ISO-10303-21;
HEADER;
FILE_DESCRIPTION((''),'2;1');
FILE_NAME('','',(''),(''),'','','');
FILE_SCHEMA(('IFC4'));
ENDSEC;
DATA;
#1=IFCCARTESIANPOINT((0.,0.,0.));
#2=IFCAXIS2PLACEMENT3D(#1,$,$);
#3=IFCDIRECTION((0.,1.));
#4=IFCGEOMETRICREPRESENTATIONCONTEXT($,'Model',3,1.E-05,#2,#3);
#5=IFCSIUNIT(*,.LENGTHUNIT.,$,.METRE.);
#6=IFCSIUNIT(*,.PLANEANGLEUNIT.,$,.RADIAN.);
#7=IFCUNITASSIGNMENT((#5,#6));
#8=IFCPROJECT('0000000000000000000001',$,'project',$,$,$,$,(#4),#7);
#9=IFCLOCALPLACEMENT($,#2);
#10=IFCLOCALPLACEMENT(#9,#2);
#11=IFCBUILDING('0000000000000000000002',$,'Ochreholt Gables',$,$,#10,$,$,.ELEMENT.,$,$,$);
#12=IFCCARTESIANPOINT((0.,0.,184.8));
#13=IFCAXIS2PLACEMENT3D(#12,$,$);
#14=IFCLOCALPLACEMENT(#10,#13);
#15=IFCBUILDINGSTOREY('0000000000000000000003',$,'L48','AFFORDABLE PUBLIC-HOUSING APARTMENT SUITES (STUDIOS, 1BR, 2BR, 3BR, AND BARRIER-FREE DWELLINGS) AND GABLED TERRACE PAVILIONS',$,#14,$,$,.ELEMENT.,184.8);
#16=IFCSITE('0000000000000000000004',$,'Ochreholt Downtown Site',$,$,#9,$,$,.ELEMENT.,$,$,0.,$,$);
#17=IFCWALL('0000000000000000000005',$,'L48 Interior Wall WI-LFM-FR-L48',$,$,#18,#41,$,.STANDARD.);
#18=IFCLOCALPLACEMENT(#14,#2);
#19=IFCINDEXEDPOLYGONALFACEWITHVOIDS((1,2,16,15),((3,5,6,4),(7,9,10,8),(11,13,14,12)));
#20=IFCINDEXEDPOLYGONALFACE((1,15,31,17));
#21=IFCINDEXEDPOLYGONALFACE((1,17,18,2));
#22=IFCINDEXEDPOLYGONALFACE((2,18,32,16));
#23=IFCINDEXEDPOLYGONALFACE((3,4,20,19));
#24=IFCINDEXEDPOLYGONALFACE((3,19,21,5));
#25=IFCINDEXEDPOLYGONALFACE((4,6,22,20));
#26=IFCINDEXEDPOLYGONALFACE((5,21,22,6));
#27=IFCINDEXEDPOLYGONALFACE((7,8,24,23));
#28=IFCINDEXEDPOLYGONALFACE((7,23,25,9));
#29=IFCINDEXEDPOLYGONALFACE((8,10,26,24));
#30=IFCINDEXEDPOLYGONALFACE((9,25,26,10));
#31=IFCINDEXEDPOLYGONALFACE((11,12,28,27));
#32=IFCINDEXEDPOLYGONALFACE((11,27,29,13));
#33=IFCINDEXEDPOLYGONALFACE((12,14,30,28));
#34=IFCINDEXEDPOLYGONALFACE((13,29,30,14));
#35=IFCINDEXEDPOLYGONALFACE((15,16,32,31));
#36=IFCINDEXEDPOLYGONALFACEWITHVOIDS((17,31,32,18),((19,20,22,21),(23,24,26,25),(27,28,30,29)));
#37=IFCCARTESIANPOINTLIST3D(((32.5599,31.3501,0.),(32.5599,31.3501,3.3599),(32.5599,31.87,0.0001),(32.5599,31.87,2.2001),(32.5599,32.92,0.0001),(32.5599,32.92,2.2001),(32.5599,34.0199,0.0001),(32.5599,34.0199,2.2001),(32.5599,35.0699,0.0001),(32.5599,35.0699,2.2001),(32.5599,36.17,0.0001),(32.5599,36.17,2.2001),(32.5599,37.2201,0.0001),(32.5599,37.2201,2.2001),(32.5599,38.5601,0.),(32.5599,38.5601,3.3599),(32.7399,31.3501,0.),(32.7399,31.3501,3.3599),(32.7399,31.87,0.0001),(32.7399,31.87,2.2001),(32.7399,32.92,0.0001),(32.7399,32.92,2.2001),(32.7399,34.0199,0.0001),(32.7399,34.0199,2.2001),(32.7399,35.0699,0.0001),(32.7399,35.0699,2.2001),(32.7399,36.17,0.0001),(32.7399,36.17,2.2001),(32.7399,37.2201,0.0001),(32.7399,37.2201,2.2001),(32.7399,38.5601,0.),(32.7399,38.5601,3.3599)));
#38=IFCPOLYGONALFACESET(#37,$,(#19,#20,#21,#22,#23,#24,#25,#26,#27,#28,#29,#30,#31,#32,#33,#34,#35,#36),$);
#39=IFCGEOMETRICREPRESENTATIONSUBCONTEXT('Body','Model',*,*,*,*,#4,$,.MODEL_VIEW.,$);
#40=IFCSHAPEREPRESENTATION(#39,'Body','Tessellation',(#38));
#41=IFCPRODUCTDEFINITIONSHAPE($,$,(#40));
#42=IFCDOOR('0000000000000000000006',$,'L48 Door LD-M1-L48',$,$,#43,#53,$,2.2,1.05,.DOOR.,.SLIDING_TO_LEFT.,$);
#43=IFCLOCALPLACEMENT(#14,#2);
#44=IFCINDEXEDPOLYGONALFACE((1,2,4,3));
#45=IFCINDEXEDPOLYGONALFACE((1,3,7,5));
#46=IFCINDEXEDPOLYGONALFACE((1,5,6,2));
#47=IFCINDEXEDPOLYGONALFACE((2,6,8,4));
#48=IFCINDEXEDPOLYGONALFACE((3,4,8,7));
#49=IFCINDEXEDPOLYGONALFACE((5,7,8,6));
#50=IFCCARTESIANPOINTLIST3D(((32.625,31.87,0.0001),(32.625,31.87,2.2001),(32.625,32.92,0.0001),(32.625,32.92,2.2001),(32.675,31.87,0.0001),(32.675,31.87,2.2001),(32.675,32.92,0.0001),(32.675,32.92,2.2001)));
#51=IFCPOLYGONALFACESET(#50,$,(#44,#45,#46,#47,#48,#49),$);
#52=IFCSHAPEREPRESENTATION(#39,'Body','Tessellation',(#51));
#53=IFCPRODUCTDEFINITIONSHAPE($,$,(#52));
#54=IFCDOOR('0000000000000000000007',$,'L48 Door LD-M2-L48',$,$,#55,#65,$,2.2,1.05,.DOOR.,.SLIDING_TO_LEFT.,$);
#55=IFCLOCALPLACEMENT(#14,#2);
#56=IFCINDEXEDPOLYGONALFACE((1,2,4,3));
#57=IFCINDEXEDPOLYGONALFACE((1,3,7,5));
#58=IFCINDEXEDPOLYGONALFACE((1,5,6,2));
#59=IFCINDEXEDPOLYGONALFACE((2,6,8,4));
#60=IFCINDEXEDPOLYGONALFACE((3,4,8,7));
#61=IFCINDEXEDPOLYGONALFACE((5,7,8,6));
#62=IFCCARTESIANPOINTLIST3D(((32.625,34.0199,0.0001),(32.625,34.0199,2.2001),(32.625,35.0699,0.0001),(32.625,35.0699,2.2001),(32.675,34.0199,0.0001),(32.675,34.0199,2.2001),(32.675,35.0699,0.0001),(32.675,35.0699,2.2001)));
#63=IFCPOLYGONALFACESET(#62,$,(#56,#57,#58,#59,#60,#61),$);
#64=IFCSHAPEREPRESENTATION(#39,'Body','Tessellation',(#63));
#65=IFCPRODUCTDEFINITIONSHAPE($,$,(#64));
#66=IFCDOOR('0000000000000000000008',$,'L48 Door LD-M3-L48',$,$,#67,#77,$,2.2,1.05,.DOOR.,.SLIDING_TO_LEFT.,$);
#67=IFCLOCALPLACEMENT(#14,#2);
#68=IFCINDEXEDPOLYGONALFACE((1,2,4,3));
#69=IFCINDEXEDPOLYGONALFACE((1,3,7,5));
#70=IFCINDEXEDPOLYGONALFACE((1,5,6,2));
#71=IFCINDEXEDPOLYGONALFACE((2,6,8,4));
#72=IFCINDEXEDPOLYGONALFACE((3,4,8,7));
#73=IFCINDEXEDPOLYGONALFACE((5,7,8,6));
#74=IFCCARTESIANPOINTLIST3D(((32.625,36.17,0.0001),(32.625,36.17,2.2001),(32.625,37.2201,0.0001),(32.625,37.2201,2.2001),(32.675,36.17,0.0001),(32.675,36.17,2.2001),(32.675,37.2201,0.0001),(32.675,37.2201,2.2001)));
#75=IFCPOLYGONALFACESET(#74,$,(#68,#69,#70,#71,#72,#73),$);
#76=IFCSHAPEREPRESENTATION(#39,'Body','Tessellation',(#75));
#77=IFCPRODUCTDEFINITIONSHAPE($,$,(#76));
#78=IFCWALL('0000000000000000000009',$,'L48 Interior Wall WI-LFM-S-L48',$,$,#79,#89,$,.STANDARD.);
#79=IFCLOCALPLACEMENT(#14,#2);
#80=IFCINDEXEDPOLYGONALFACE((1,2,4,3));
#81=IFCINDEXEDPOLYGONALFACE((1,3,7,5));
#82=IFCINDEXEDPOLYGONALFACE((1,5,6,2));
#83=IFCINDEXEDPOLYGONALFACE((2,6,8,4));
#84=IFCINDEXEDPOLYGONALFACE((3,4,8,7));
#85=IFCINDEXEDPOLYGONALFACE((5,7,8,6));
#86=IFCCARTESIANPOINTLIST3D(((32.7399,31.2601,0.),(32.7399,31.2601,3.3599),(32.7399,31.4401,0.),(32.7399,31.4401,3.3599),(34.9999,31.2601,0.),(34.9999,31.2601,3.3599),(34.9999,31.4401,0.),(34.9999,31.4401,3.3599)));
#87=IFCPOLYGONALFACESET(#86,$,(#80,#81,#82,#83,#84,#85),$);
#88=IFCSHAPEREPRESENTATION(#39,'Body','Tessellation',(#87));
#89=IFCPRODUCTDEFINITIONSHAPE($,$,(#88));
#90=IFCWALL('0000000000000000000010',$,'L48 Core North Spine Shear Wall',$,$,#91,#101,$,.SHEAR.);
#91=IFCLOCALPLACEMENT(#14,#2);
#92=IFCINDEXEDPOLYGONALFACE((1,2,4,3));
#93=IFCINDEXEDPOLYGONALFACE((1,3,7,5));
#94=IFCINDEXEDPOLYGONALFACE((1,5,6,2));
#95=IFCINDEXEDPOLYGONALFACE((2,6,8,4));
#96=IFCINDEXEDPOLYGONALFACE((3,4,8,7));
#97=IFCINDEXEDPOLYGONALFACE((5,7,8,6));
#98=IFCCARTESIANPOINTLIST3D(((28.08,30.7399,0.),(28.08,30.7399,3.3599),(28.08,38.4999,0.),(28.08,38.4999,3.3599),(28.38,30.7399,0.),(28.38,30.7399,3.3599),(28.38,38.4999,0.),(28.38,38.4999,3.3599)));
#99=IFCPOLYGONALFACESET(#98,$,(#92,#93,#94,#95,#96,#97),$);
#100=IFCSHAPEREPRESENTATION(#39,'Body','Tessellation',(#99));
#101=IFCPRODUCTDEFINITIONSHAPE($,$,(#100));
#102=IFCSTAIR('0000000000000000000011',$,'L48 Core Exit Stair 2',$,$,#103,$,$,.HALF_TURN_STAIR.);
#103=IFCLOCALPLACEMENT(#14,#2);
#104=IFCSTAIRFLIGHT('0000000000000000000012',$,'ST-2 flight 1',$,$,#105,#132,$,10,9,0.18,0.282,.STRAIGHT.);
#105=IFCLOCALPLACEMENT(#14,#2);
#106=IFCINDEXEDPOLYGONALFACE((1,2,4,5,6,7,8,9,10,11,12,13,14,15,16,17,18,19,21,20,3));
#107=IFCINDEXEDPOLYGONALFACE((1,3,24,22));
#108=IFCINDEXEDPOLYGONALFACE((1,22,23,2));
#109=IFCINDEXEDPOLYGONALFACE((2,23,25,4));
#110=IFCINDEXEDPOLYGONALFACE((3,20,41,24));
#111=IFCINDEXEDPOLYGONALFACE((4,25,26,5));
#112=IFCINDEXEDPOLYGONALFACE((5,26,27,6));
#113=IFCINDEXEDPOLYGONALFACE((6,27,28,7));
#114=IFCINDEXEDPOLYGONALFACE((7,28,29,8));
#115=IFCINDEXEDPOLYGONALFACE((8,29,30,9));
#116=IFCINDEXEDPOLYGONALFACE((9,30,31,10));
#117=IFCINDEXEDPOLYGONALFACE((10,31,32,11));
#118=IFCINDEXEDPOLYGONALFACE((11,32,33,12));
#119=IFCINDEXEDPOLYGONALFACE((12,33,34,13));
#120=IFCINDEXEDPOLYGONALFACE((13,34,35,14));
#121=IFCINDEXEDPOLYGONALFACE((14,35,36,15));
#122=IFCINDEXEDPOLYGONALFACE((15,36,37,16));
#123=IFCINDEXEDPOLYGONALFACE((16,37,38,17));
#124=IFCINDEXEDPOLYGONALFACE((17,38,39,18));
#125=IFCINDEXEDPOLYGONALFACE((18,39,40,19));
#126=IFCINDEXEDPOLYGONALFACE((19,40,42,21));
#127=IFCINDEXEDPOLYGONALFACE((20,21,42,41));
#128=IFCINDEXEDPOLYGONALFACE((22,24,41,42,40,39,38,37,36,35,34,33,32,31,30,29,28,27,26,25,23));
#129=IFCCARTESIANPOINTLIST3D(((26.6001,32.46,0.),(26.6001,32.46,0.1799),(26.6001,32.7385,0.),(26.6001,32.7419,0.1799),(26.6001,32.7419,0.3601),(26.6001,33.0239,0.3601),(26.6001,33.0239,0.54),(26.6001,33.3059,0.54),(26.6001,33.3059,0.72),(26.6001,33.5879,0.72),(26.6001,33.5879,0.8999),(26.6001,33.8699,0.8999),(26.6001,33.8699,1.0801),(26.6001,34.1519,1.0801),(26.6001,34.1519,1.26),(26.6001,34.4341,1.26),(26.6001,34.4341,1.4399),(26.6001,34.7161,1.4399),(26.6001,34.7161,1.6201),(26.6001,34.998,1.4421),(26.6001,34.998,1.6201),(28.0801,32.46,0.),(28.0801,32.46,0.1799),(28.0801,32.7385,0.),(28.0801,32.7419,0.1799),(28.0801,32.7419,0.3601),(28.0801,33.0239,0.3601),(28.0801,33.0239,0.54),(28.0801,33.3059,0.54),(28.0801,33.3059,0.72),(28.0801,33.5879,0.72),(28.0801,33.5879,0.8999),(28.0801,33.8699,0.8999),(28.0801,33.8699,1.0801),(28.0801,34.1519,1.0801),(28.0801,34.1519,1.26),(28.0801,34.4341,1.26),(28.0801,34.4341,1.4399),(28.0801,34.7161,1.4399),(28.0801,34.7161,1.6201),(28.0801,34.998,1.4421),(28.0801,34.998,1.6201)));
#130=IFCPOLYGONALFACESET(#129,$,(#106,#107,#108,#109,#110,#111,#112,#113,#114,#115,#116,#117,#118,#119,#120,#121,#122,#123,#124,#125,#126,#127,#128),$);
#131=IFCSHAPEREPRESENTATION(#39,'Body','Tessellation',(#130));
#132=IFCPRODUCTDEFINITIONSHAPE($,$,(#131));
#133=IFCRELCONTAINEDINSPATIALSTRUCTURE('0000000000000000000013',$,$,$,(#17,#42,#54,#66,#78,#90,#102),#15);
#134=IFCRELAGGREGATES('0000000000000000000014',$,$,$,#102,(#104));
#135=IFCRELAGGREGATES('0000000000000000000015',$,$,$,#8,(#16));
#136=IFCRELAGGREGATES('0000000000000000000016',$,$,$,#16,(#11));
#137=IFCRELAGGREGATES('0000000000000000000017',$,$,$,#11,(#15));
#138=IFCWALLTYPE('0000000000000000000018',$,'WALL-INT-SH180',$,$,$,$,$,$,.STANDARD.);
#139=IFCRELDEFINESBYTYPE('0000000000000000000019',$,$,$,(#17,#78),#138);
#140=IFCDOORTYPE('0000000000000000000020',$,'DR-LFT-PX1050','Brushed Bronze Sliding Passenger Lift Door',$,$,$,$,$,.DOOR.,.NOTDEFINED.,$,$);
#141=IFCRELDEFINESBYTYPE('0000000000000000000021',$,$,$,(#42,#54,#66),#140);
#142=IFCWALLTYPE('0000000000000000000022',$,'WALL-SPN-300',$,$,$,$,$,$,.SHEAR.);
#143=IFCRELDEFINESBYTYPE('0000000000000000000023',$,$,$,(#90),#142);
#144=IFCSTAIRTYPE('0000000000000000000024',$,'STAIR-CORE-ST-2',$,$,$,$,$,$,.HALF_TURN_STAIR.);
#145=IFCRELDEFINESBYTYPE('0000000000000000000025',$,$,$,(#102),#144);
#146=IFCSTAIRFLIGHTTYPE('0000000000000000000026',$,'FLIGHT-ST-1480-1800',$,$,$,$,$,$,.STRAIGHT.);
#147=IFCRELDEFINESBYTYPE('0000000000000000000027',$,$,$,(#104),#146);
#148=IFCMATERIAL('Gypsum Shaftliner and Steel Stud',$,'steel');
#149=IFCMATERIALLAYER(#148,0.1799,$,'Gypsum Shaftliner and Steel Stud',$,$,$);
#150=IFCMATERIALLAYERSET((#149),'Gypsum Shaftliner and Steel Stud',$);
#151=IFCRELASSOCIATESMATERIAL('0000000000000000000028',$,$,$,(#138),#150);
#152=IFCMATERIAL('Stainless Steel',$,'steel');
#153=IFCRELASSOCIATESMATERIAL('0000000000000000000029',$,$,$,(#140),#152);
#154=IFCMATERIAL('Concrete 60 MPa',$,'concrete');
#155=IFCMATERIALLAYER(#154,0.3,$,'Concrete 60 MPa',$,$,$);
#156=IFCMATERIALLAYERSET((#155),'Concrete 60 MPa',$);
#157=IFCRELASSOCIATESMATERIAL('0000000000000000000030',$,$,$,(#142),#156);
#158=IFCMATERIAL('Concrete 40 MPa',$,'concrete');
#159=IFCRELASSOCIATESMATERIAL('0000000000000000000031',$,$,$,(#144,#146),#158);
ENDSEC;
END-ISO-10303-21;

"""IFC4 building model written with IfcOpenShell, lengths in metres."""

from ifc_helpers import new_model, si_unit, direction, frame, frame_2d, origin, place, context, subcontext, project, spatial, polyline, rectangle, outline, extrude, material, layer, layer_set, type_object, element, fill, aggregate, save


model = new_model("IFC4")

# Units and contexts
model_context = context("Model", 3, precision=1e-05, world=origin(), true_north=direction((0.0, 1.0)))
body_context = subcontext(model_context, "Body", "Model", "MODEL_VIEW")
ifc_project = project(units=[si_unit("LENGTHUNIT", "METRE"), si_unit("PLANEANGLEUNIT", "RADIAN")], contexts=[model_context])

# Site, building, storey
site_placement = place(None, origin())
site = spatial("IfcSite", under=ifc_project, at=site_placement, Name="Ochreholt Downtown Site", CompositionType="ELEMENT", RefElevation=0.0)
building_placement = place(site_placement, origin())
building = spatial("IfcBuilding", under=site, at=building_placement, Name="Ochreholt Gables", CompositionType="ELEMENT")
storey_placement = place(building_placement, frame((0.0, 0.0, 184.8)))
storey = spatial("IfcBuildingStorey", under=building, at=storey_placement, Name="L48", Description="AFFORDABLE PUBLIC-HOUSING APARTMENT SUITES (STUDIOS, 1BR, 2BR, 3BR, AND BARRIER-FREE DWELLINGS) AND GABLED TERRACE PAVILIONS", CompositionType="ELEMENT", Elevation=184.8)

# Shared definitions
ifc_material_1 = material(Name="Concrete 40 MPa", Category="concrete")

# Shared definitions
ifc_material_2 = material(Name="Gypsum Shaftliner and Steel Stud", Category="steel")
ifc_layer_1 = layer(ifc_material_2, 0.1799, Name="Gypsum Shaftliner and Steel Stud")
ifc_layer_set_1 = layer_set([ifc_layer_1], Name="Gypsum Shaftliner and Steel Stud")
wall_type_1 = type_object("IfcWallType", Name="WALL-INT-SH180", PredefinedType="STANDARD", material=ifc_layer_set_1)

# Wall, openings, doors
wall_1_placement = place(storey_placement, frame((32.6499, 31.3501, 0.0), z_axis=(0.0, 0.0, 1.0), x_axis=(0.0, 1.0, 0.0)))
wall_1 = element("IfcWall", 1, at=wall_1_placement, inside=storey, type_object=wall_type_1, Name="L48 Interior Wall WI-LFM-FR-L48", PredefinedType="STANDARD", context=body_context, shape_type="SweptSolid", body=[
    extrude(rectangle(XDim=7.21, YDim=0.1799, at=frame_2d((3.605, 0.0))), origin(), (0.0, 0.0, 1.0), 3.3599),
])
opening_1_placement = place(wall_1_placement, frame((0.52, 0.0, 0.0)))
opening_1 = element("IfcOpeningElement", 2, at=opening_1_placement, cuts=wall_1, PredefinedType="OPENING", context=body_context, shape_type="SweptSolid", body=[
    extrude(rectangle(XDim=1.05, YDim=2.2, at=frame_2d((0.5249, 1.1001))), frame((0.0, 0.0999, 0.0), z_axis=(0.0, -1.0, 0.0), x_axis=(1.0, 0.0, 0.0)), (0.0, 0.0, 1.0), 0.2),
])
opening_2_placement = place(wall_1_placement, frame((2.6699, 0.0, 0.0)))
opening_2 = element("IfcOpeningElement", 3, at=opening_2_placement, cuts=wall_1, PredefinedType="OPENING", context=body_context, shape_type="SweptSolid", body=[
    extrude(rectangle(XDim=1.05, YDim=2.2, at=frame_2d((0.5249, 1.1001))), frame((0.0, 0.0999, 0.0), z_axis=(0.0, -1.0, 0.0), x_axis=(1.0, 0.0, 0.0)), (0.0, 0.0, 1.0), 0.2),
])
opening_3_placement = place(wall_1_placement, frame((4.8201, 0.0, 0.0)))
opening_3 = element("IfcOpeningElement", 4, at=opening_3_placement, cuts=wall_1, PredefinedType="OPENING", context=body_context, shape_type="SweptSolid", body=[
    extrude(rectangle(XDim=1.05, YDim=2.2, at=frame_2d((0.5249, 1.1001))), frame((0.0, 0.0999, 0.0), z_axis=(0.0, -1.0, 0.0), x_axis=(1.0, 0.0, 0.0)), (0.0, 0.0, 1.0), 0.2),
])
ifc_material_3 = material(Name="Stainless Steel", Category="steel")
door_type_1 = type_object("IfcDoorType", Name="DR-LFT-PX1050", Description="Brushed Bronze Sliding Passenger Lift Door", OperationType="NOTDEFINED", PredefinedType="DOOR", material=ifc_material_3)
door_1_placement = place(opening_1_placement, origin())
door_1 = element("IfcDoor", 5, at=door_1_placement, inside=storey, type_object=door_type_1, Name="L48 Door LD-M1-L48", OperationType="SLIDING_TO_LEFT", OverallHeight=2.2, OverallWidth=1.05, PredefinedType="DOOR", context=body_context, shape_type="SweptSolid", body=[
    extrude(rectangle(XDim=1.05, YDim=2.2, at=frame_2d((0.5249, 1.1001))), frame((0.0, 0.0249, 0.0), z_axis=(0.0, -1.0, 0.0), x_axis=(1.0, 0.0, 0.0)), (0.0, 0.0, 1.0), 0.05),
])
fill(opening_1, door_1)
door_2_placement = place(opening_2_placement, origin())
door_2 = element("IfcDoor", 6, at=door_2_placement, inside=storey, type_object=door_type_1, Name="L48 Door LD-M2-L48", OperationType="SLIDING_TO_LEFT", OverallHeight=2.2, OverallWidth=1.05, PredefinedType="DOOR", context=body_context, shape_type="SweptSolid", body=[
    extrude(rectangle(XDim=1.05, YDim=2.2, at=frame_2d((0.5249, 1.1001))), frame((0.0, 0.0249, 0.0), z_axis=(0.0, -1.0, 0.0), x_axis=(1.0, 0.0, 0.0)), (0.0, 0.0, 1.0), 0.05),
])
fill(opening_2, door_2)
door_3_placement = place(opening_3_placement, origin())
door_3 = element("IfcDoor", 7, at=door_3_placement, inside=storey, type_object=door_type_1, Name="L48 Door LD-M3-L48", OperationType="SLIDING_TO_LEFT", OverallHeight=2.2, OverallWidth=1.05, PredefinedType="DOOR", context=body_context, shape_type="SweptSolid", body=[
    extrude(rectangle(XDim=1.05, YDim=2.2, at=frame_2d((0.5249, 1.1001))), frame((0.0, 0.0249, 0.0), z_axis=(0.0, -1.0, 0.0), x_axis=(1.0, 0.0, 0.0)), (0.0, 0.0, 1.0), 0.05),
])
fill(opening_3, door_3)

# Walls
wall_2_placement = place(storey_placement, frame((32.74, 31.3501, 0.0), z_axis=(0.0, 0.0, 1.0), x_axis=(1.0, 0.0, 0.0)))
element("IfcWall", 8, at=wall_2_placement, inside=storey, type_object=wall_type_1, Name="L48 Interior Wall WI-LFM-S-L48", PredefinedType="STANDARD", context=body_context, shape_type="SweptSolid", body=[
    extrude(rectangle(XDim=2.26, YDim=0.1799, at=frame_2d((1.1299, 0.0))), origin(), (0.0, 0.0, 1.0), 3.3599),
])
ifc_material_4 = material(Name="Concrete 60 MPa", Category="concrete")
ifc_layer_2 = layer(ifc_material_4, 0.3, Name="Concrete 60 MPa")
ifc_layer_set_2 = layer_set([ifc_layer_2], Name="Concrete 60 MPa")
wall_type_2 = type_object("IfcWallType", Name="WALL-SPN-300", PredefinedType="SHEAR", material=ifc_layer_set_2)
wall_3_placement = place(storey_placement, frame((28.23, 30.74, 0.0), z_axis=(0.0, 0.0, 1.0), x_axis=(0.0, 1.0, 0.0)))
element("IfcWall", 9, at=wall_3_placement, inside=storey, type_object=wall_type_2, Name="L48 Core North Spine Shear Wall", PredefinedType="SHEAR", context=body_context, shape_type="SweptSolid", body=[
    extrude(rectangle(XDim=7.76, YDim=0.3, at=frame_2d((3.8799, 0.0))), origin(), (0.0, 0.0, 1.0), 3.3599),
])

# Stair, stair flight
stair_type = type_object("IfcStairType", Name="STAIR-CORE-ST-2", PredefinedType="HALF_TURN_STAIR", material=ifc_material_1)
stair_placement = place(storey_placement, origin())
stair = element("IfcStair", 10, at=stair_placement, inside=storey, type_object=stair_type, Name="L48 Core Exit Stair 2", PredefinedType="HALF_TURN_STAIR")
stair_flight_type = type_object("IfcStairFlightType", Name="FLIGHT-ST-1480-1800", PredefinedType="STRAIGHT", material=ifc_material_1)
stair_flight_placement = place(storey_placement, frame((27.3401, 32.46, 0.0), z_axis=(0.0, 0.0, 1.0), x_axis=(0.0, 1.0, 0.0)))
stair_flight = element("IfcStairFlight", 11, at=stair_flight_placement, type_object=stair_flight_type, Name="ST-2 flight 1", NumberOfRisers=10, NumberOfTreads=9, PredefinedType="STRAIGHT", RiserHeight=0.18, TreadLength=0.282, context=body_context, shape_type="SweptSolid", body=[
    extrude(outline(polyline([(0.0, 0.0), (0.0, 0.1799), (0.282, 0.1799), (0.282, 0.3601), (0.564, 0.3601), (0.564, 0.54), (0.8459, 0.54), (0.8459, 0.72), (1.1279, 0.72), (1.1279, 0.8999), (1.4099, 0.8999), (1.4099, 1.0801), (1.6919, 1.0801), (1.6919, 1.26), (1.9741, 1.26), (1.9741, 1.4399), (2.2561, 1.4399), (2.2561, 1.6201), (2.5381, 1.6201), (2.5381, 1.8), (2.5381, 1.4421), (0.2786, 0.0), (0.0, 0.0)])), frame((0.0, 0.74, 0.0), z_axis=(0.0, -1.0, 0.0), x_axis=(1.0, 0.0, 0.0)), (0.0, 0.0, 1.0), 1.48),
])
aggregate(stair, [stair_flight])

save(model, "model.ifc")
